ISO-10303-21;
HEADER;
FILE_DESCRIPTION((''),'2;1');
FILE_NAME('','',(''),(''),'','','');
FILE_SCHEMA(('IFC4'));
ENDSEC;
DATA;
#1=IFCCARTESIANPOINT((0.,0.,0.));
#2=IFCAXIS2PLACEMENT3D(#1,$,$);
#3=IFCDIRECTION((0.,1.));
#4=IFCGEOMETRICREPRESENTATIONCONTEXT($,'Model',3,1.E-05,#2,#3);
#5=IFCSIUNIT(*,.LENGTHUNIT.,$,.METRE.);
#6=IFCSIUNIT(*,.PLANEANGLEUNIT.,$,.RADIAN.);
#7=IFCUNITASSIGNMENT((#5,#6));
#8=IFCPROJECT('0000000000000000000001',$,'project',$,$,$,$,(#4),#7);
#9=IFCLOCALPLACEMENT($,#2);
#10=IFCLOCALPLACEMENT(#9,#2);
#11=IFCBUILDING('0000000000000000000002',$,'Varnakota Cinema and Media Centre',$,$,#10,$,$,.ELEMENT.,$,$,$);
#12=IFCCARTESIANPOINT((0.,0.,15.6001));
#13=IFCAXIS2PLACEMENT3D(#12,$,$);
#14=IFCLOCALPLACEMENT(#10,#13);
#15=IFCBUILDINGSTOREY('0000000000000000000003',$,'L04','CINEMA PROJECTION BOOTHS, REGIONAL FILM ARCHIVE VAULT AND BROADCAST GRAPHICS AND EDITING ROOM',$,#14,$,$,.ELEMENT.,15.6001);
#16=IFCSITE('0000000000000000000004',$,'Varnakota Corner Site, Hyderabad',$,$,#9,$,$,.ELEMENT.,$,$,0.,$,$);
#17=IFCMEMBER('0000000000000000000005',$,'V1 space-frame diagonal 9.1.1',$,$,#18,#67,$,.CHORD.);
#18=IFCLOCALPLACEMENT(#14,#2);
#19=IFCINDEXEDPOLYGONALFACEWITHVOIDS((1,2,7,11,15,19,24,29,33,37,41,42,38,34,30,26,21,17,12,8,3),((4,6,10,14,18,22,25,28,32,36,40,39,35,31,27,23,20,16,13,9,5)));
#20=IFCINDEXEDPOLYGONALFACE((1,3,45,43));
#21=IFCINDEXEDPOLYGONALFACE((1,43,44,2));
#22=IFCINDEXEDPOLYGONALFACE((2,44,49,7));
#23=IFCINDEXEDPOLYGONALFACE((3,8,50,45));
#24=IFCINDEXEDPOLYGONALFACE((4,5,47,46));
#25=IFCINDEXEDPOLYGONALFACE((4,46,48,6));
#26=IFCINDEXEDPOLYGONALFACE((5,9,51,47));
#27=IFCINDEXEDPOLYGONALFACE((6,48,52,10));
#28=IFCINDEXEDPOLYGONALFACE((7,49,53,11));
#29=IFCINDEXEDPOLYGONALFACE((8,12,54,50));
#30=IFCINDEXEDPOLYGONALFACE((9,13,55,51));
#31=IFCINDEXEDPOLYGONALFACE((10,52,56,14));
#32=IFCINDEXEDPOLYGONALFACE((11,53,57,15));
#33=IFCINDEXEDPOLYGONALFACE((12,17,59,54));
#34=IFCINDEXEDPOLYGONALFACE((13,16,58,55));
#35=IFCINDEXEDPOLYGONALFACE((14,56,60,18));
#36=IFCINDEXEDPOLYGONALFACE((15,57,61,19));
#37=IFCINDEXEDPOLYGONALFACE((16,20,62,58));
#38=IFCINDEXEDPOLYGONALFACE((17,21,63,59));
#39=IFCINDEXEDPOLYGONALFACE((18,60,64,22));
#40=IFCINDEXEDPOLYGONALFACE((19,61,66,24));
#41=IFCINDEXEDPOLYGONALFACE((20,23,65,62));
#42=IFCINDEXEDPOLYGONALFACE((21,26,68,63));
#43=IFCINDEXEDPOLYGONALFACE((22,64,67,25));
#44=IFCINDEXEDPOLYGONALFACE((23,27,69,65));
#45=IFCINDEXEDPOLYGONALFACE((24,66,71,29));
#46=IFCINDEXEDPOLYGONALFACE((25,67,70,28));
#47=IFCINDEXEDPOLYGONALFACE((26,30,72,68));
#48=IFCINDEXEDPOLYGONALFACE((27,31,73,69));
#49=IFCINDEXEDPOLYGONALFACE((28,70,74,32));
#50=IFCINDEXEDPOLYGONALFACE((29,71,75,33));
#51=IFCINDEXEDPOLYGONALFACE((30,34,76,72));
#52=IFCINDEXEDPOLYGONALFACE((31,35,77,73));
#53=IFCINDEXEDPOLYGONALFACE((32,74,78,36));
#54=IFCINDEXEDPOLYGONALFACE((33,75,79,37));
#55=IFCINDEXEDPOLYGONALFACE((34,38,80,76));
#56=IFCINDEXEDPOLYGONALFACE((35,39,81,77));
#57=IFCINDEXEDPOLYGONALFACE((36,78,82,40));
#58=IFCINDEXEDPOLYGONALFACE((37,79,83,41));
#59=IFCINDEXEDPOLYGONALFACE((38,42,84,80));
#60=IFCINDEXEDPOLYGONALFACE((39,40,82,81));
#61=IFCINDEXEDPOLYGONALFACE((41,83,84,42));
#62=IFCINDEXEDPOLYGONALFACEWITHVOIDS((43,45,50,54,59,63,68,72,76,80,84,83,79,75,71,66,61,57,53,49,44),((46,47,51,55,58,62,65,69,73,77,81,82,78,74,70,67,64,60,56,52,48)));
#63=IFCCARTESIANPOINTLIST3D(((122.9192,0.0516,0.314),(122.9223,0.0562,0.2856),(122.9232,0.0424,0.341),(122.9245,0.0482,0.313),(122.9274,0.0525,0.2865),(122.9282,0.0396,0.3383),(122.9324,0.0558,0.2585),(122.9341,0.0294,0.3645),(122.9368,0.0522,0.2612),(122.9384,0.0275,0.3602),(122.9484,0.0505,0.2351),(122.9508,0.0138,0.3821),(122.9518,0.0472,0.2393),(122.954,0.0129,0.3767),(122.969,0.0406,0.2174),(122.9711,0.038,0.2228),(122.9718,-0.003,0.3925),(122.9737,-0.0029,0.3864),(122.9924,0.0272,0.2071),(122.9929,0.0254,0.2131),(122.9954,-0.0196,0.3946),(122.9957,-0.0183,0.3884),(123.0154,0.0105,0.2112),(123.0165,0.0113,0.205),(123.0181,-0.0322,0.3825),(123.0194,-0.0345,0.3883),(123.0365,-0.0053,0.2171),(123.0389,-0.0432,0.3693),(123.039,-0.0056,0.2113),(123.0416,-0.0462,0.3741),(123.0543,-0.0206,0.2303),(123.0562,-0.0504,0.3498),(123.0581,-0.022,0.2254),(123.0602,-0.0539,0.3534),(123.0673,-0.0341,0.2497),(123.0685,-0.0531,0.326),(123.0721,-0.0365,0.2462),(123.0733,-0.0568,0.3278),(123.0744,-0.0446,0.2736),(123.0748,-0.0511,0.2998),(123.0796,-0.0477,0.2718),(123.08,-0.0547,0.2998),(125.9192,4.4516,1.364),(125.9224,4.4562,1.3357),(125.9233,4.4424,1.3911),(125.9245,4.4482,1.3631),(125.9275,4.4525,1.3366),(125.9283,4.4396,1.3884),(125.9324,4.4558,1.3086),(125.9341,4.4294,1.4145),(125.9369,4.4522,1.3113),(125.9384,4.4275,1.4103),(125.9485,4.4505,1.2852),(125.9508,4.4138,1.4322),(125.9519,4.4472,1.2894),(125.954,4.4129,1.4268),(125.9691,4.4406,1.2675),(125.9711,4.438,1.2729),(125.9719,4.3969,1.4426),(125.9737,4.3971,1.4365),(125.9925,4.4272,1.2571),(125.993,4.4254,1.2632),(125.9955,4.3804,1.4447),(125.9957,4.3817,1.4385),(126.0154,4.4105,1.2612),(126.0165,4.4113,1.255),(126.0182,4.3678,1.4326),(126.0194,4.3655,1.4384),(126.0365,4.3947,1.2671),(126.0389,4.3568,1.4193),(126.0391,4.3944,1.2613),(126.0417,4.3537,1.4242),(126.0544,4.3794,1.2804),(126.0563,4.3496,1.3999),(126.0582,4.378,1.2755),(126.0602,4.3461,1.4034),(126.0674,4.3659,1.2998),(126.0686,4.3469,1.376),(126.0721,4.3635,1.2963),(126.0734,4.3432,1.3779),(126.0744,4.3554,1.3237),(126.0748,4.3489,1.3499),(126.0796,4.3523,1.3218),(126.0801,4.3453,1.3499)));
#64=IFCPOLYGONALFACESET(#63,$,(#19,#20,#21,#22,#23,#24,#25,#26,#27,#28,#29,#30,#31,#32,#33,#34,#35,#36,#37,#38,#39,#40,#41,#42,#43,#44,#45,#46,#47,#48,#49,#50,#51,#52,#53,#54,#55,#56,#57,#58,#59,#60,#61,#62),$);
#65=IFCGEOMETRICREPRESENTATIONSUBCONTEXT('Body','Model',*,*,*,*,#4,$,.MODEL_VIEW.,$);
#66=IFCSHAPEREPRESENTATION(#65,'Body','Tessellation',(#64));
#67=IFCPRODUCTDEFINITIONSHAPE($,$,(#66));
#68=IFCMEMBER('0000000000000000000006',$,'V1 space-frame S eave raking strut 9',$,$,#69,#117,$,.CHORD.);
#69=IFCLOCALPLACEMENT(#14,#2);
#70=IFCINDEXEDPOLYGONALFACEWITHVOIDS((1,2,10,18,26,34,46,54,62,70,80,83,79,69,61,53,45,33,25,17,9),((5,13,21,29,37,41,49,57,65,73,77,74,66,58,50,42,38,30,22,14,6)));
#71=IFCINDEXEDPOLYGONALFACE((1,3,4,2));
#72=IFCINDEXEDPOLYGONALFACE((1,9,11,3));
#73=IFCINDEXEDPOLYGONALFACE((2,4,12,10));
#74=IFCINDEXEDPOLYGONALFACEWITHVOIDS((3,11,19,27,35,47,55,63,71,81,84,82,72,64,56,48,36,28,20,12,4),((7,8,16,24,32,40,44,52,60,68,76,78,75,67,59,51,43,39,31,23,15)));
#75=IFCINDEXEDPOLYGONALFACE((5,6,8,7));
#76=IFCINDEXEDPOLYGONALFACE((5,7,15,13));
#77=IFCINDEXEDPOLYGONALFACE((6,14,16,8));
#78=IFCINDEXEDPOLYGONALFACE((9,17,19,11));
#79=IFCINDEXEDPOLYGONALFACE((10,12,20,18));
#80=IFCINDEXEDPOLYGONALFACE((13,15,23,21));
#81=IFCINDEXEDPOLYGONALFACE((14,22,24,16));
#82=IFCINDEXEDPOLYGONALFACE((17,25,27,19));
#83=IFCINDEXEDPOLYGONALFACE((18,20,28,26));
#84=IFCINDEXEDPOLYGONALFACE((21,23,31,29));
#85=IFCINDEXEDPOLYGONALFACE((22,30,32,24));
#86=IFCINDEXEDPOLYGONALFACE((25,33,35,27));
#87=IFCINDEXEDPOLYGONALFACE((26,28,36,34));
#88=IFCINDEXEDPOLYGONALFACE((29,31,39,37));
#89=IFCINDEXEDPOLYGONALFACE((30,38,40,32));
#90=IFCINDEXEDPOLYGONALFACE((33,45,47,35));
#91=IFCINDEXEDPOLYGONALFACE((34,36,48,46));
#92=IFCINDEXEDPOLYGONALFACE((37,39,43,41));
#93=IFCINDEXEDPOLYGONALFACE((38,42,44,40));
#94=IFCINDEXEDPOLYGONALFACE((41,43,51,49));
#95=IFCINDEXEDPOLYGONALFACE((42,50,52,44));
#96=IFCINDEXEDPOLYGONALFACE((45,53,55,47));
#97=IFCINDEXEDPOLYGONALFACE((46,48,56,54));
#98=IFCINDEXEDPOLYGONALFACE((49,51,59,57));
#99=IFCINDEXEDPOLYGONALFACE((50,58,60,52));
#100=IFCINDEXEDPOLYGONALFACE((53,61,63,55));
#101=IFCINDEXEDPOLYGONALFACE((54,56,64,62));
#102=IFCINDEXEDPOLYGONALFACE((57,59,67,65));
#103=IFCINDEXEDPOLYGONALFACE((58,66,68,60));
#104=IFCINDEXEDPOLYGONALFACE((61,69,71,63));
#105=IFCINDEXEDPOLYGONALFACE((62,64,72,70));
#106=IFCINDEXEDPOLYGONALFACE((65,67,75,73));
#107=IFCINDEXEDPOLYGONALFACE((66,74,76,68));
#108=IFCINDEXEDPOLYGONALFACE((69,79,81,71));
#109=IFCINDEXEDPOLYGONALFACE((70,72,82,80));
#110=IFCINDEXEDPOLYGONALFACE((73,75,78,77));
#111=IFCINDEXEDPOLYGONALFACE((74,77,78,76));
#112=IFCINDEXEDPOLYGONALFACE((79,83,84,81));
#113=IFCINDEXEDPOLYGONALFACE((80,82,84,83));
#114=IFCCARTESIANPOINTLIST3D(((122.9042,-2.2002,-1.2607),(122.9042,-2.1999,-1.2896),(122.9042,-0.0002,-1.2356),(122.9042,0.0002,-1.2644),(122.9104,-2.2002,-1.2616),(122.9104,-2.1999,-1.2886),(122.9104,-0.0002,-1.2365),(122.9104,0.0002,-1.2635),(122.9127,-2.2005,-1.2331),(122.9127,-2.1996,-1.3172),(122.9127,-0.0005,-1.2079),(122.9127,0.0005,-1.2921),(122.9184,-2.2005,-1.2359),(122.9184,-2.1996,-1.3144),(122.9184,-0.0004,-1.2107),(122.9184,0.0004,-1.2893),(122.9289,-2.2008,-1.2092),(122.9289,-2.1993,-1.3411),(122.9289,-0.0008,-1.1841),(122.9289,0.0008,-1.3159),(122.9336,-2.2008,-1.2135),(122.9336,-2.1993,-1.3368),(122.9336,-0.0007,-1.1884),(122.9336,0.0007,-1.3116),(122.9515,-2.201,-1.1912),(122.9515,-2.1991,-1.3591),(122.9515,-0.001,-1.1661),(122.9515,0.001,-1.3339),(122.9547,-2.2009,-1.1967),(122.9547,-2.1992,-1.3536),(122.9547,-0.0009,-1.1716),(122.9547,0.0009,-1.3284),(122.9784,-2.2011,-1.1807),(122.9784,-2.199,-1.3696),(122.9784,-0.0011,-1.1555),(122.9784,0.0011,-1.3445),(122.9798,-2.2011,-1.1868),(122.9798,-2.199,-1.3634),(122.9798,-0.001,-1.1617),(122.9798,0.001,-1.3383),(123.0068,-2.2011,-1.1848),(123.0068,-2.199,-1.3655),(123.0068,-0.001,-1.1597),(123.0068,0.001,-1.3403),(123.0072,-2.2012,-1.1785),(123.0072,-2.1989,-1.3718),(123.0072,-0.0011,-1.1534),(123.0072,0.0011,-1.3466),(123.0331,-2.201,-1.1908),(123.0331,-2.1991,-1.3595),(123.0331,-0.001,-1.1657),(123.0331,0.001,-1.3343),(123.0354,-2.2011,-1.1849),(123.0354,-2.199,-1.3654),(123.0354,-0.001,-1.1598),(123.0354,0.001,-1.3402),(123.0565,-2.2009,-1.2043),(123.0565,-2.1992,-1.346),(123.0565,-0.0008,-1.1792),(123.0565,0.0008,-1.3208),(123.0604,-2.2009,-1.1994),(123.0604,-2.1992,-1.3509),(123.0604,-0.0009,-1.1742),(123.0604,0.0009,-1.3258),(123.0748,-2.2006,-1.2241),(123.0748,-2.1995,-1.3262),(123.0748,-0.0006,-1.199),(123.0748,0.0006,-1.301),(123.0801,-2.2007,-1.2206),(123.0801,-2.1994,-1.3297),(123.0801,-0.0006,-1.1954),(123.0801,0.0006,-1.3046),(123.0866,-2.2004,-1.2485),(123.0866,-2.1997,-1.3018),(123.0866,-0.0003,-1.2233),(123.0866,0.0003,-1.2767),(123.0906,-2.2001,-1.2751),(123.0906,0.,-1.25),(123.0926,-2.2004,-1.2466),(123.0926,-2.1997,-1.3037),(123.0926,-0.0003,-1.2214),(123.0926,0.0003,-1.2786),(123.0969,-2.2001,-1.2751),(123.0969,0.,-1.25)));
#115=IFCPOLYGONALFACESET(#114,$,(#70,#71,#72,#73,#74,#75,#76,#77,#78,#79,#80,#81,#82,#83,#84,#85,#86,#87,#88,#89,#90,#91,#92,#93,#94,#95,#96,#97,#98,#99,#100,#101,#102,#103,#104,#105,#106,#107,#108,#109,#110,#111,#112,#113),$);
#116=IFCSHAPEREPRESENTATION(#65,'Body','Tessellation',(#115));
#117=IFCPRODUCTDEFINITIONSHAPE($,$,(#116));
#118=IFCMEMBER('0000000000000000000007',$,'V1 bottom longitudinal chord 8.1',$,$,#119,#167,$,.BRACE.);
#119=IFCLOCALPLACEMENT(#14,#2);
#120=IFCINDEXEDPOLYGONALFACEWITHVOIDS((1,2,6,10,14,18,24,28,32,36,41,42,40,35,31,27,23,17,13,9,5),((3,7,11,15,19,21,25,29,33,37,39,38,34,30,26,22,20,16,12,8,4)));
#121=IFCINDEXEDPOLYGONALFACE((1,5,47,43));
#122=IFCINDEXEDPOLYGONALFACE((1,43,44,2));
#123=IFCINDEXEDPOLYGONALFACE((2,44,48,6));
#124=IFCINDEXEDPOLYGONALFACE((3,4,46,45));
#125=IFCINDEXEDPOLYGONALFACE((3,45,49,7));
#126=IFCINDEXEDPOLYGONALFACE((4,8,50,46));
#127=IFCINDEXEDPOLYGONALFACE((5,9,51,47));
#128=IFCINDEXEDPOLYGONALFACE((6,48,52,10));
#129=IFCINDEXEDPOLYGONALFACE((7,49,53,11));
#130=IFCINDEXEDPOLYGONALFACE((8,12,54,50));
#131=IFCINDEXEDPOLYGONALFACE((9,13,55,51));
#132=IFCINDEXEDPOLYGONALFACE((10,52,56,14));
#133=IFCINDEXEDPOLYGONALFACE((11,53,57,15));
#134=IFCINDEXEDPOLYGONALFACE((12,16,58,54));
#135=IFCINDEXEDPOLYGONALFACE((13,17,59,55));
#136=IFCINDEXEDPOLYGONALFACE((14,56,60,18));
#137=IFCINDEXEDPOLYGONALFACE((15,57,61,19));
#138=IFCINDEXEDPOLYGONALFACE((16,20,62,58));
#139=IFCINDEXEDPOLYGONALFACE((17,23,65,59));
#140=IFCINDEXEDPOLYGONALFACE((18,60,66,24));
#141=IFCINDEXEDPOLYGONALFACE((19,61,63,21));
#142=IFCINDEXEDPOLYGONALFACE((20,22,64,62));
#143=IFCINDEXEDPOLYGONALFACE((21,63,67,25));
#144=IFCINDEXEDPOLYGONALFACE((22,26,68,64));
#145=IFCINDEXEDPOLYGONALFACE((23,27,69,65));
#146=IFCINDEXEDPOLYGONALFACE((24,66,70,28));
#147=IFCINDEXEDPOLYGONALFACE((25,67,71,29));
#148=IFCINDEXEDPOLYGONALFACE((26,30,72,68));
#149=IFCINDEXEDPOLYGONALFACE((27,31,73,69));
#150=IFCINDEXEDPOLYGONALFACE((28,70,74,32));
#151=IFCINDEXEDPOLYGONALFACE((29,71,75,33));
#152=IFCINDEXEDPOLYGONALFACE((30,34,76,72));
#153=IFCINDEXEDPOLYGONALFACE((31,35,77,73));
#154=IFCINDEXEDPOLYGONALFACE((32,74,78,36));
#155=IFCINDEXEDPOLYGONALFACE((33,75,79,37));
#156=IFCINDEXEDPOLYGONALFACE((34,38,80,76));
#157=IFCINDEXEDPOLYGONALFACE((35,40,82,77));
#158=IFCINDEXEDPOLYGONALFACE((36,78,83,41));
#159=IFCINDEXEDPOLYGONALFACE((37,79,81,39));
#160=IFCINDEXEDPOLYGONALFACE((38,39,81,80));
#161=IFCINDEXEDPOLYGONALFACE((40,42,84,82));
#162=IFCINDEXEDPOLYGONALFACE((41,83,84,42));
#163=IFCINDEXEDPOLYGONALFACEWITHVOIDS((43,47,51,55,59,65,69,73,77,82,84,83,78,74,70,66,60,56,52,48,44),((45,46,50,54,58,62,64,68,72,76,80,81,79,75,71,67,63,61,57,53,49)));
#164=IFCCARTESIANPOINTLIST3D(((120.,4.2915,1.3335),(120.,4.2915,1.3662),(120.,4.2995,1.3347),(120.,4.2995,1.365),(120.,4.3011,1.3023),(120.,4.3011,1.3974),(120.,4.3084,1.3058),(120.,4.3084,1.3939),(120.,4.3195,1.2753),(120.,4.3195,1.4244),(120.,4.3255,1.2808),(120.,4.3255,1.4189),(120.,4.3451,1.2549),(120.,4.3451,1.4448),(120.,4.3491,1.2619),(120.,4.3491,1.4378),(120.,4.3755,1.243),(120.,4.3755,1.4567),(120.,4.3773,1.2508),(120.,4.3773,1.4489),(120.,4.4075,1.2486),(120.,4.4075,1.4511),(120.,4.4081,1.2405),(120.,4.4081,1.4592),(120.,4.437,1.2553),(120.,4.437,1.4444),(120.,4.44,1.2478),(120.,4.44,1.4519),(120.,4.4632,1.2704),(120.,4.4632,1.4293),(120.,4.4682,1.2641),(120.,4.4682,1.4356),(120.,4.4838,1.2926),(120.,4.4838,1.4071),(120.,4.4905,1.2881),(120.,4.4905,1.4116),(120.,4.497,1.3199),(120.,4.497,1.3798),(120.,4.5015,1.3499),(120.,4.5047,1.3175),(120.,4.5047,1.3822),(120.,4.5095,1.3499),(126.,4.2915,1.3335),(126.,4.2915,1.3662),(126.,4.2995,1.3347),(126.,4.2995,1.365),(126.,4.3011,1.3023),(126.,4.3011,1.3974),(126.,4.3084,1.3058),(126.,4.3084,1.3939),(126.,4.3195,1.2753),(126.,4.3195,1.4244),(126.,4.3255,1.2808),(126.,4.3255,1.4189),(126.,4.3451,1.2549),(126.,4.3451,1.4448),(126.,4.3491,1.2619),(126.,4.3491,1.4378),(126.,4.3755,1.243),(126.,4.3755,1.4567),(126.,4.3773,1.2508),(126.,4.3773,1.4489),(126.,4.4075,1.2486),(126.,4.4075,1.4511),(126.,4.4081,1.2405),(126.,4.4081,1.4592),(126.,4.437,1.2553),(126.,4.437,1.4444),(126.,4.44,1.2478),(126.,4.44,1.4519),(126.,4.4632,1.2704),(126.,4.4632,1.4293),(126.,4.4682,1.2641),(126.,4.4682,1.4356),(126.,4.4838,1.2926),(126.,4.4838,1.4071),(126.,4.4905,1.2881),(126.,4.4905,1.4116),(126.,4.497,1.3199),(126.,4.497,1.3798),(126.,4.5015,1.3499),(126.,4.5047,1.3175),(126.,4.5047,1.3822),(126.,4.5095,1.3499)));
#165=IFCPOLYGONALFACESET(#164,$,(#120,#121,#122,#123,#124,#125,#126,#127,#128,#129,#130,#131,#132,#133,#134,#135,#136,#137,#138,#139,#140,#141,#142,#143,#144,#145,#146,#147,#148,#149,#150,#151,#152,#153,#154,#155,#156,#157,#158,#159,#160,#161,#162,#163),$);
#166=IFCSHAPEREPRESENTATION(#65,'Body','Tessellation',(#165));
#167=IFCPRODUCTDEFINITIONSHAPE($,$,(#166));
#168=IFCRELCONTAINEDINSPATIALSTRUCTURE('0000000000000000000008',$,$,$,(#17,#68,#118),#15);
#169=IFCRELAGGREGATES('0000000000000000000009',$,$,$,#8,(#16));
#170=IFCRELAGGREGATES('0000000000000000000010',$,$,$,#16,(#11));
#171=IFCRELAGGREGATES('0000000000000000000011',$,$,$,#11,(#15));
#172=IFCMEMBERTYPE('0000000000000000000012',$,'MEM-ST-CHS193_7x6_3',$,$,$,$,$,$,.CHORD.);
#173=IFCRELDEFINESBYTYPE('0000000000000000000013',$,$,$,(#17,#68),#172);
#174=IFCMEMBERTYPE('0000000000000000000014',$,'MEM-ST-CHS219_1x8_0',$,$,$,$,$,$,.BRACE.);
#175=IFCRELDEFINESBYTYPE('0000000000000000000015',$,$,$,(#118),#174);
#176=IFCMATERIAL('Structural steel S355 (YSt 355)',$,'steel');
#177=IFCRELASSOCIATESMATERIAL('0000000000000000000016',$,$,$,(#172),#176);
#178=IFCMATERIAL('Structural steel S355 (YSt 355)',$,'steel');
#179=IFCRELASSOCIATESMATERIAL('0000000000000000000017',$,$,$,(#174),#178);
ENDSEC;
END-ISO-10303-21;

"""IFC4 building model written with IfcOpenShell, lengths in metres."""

from ifc_helpers import new_model, si_unit, direction, frame, origin, origin_2d, place, context, subcontext, project, spatial, hollow_circle, extrude, material, material_profile, profile_set, type_object, element, save


model = new_model("IFC4")

# Units and contexts
model_context = context("Model", 3, precision=1e-05, world=origin(), true_north=direction((0.0, 1.0)))
body_context = subcontext(model_context, "Body", "Model", "MODEL_VIEW")
ifc_project = project(units=[si_unit("LENGTHUNIT", "METRE"), si_unit("PLANEANGLEUNIT", "RADIAN")], contexts=[model_context])

# Site, building, storey
site_placement = place(None, origin())
site = spatial("IfcSite", under=ifc_project, at=site_placement, Name="Varnakota Corner Site, Hyderabad", CompositionType="ELEMENT", RefElevation=0.0)
building_placement = place(site_placement, origin())
building = spatial("IfcBuilding", under=site, at=building_placement, Name="Varnakota Cinema and Media Centre", CompositionType="ELEMENT")
storey_placement = place(building_placement, frame((0.0, 0.0, 15.6001)))
storey = spatial("IfcBuildingStorey", under=building, at=storey_placement, Name="L04", Description="CINEMA PROJECTION BOOTHS, REGIONAL FILM ARCHIVE VAULT AND BROADCAST GRAPHICS AND EDITING ROOM", CompositionType="ELEMENT", Elevation=15.6001)

# Members
ifc_material_1 = material(Name="Structural steel S355 (YSt 355)", Category="steel")
ifc_material_profile_1 = material_profile(ifc_material_1, hollow_circle(Radius=0.0969, WallThickness=0.0063, at=origin_2d()), Name="CHS 193.7x6.3")
ifc_profile_set_1 = profile_set([ifc_material_profile_1], Name="Structural steel S355 (YSt 355)")
member_type_1 = type_object("IfcMemberType", Name="MEM-ST-CHS193_7x6_3", PredefinedType="CHORD", material=ifc_profile_set_1)
for number, where, z_axis, x_axis, name in (
    (1, (126.0, 4.3999, 1.3499), (-0.552703, -0.810613, -0.193455), (0.826222, -0.563345, 0.0), "V1 space-frame diagonal 9.1.1"),
):
    element("IfcMember", number, at=place(storey_placement, frame(where, z_axis=z_axis, x_axis=x_axis)), inside=storey, type_object=member_type_1, Name=name, PredefinedType="CHORD", context=body_context, shape_type="SweptSolid", body=[
        extrude(hollow_circle(Radius=0.0969, WallThickness=0.0063, at=origin_2d()), origin(), (0.0, 0.0, 1.0), 5.428),
    ])
member_1_placement = place(storey_placement, frame((123.0, 0.0, -1.25), z_axis=(0.0, -0.999935, -0.01143), x_axis=(1.0, 0.0, 0.0)))
element("IfcMember", 2, at=member_1_placement, inside=storey, type_object=member_type_1, Name="V1 space-frame S eave raking strut 9", PredefinedType="CHORD", context=body_context, shape_type="SweptSolid", body=[
    extrude(hollow_circle(Radius=0.0969, WallThickness=0.0063, at=origin_2d()), origin(), (0.0, 0.0, 1.0), 2.2002),
])
ifc_material_2 = material(Name="Structural steel S355 (YSt 355)", Category="steel")
ifc_material_profile_2 = material_profile(ifc_material_2, hollow_circle(Radius=0.1096, WallThickness=0.0081, at=origin_2d()), Name="CHS 219.1x8.0")
ifc_profile_set_2 = profile_set([ifc_material_profile_2], Name="Structural steel S355 (YSt 355)")
member_type_2 = type_object("IfcMemberType", Name="MEM-ST-CHS219_1x8_0", PredefinedType="BRACE", material=ifc_profile_set_2)
for number, where, z_axis, x_axis, name in (
    (3, (120.0, 4.3999, 1.3499), (1.0, 0.0, 0.0), (0.0, 1.0, 0.0), "V1 bottom longitudinal chord 8.1"),
):
    element("IfcMember", number, at=place(storey_placement, frame(where, z_axis=z_axis, x_axis=x_axis)), inside=storey, type_object=member_type_2, Name=name, PredefinedType="BRACE", context=body_context, shape_type="SweptSolid", body=[
        extrude(hollow_circle(Radius=0.1096, WallThickness=0.0081, at=origin_2d()), origin(), (0.0, 0.0, 1.0), 6.0),
    ])

save(model, "model.ifc")
